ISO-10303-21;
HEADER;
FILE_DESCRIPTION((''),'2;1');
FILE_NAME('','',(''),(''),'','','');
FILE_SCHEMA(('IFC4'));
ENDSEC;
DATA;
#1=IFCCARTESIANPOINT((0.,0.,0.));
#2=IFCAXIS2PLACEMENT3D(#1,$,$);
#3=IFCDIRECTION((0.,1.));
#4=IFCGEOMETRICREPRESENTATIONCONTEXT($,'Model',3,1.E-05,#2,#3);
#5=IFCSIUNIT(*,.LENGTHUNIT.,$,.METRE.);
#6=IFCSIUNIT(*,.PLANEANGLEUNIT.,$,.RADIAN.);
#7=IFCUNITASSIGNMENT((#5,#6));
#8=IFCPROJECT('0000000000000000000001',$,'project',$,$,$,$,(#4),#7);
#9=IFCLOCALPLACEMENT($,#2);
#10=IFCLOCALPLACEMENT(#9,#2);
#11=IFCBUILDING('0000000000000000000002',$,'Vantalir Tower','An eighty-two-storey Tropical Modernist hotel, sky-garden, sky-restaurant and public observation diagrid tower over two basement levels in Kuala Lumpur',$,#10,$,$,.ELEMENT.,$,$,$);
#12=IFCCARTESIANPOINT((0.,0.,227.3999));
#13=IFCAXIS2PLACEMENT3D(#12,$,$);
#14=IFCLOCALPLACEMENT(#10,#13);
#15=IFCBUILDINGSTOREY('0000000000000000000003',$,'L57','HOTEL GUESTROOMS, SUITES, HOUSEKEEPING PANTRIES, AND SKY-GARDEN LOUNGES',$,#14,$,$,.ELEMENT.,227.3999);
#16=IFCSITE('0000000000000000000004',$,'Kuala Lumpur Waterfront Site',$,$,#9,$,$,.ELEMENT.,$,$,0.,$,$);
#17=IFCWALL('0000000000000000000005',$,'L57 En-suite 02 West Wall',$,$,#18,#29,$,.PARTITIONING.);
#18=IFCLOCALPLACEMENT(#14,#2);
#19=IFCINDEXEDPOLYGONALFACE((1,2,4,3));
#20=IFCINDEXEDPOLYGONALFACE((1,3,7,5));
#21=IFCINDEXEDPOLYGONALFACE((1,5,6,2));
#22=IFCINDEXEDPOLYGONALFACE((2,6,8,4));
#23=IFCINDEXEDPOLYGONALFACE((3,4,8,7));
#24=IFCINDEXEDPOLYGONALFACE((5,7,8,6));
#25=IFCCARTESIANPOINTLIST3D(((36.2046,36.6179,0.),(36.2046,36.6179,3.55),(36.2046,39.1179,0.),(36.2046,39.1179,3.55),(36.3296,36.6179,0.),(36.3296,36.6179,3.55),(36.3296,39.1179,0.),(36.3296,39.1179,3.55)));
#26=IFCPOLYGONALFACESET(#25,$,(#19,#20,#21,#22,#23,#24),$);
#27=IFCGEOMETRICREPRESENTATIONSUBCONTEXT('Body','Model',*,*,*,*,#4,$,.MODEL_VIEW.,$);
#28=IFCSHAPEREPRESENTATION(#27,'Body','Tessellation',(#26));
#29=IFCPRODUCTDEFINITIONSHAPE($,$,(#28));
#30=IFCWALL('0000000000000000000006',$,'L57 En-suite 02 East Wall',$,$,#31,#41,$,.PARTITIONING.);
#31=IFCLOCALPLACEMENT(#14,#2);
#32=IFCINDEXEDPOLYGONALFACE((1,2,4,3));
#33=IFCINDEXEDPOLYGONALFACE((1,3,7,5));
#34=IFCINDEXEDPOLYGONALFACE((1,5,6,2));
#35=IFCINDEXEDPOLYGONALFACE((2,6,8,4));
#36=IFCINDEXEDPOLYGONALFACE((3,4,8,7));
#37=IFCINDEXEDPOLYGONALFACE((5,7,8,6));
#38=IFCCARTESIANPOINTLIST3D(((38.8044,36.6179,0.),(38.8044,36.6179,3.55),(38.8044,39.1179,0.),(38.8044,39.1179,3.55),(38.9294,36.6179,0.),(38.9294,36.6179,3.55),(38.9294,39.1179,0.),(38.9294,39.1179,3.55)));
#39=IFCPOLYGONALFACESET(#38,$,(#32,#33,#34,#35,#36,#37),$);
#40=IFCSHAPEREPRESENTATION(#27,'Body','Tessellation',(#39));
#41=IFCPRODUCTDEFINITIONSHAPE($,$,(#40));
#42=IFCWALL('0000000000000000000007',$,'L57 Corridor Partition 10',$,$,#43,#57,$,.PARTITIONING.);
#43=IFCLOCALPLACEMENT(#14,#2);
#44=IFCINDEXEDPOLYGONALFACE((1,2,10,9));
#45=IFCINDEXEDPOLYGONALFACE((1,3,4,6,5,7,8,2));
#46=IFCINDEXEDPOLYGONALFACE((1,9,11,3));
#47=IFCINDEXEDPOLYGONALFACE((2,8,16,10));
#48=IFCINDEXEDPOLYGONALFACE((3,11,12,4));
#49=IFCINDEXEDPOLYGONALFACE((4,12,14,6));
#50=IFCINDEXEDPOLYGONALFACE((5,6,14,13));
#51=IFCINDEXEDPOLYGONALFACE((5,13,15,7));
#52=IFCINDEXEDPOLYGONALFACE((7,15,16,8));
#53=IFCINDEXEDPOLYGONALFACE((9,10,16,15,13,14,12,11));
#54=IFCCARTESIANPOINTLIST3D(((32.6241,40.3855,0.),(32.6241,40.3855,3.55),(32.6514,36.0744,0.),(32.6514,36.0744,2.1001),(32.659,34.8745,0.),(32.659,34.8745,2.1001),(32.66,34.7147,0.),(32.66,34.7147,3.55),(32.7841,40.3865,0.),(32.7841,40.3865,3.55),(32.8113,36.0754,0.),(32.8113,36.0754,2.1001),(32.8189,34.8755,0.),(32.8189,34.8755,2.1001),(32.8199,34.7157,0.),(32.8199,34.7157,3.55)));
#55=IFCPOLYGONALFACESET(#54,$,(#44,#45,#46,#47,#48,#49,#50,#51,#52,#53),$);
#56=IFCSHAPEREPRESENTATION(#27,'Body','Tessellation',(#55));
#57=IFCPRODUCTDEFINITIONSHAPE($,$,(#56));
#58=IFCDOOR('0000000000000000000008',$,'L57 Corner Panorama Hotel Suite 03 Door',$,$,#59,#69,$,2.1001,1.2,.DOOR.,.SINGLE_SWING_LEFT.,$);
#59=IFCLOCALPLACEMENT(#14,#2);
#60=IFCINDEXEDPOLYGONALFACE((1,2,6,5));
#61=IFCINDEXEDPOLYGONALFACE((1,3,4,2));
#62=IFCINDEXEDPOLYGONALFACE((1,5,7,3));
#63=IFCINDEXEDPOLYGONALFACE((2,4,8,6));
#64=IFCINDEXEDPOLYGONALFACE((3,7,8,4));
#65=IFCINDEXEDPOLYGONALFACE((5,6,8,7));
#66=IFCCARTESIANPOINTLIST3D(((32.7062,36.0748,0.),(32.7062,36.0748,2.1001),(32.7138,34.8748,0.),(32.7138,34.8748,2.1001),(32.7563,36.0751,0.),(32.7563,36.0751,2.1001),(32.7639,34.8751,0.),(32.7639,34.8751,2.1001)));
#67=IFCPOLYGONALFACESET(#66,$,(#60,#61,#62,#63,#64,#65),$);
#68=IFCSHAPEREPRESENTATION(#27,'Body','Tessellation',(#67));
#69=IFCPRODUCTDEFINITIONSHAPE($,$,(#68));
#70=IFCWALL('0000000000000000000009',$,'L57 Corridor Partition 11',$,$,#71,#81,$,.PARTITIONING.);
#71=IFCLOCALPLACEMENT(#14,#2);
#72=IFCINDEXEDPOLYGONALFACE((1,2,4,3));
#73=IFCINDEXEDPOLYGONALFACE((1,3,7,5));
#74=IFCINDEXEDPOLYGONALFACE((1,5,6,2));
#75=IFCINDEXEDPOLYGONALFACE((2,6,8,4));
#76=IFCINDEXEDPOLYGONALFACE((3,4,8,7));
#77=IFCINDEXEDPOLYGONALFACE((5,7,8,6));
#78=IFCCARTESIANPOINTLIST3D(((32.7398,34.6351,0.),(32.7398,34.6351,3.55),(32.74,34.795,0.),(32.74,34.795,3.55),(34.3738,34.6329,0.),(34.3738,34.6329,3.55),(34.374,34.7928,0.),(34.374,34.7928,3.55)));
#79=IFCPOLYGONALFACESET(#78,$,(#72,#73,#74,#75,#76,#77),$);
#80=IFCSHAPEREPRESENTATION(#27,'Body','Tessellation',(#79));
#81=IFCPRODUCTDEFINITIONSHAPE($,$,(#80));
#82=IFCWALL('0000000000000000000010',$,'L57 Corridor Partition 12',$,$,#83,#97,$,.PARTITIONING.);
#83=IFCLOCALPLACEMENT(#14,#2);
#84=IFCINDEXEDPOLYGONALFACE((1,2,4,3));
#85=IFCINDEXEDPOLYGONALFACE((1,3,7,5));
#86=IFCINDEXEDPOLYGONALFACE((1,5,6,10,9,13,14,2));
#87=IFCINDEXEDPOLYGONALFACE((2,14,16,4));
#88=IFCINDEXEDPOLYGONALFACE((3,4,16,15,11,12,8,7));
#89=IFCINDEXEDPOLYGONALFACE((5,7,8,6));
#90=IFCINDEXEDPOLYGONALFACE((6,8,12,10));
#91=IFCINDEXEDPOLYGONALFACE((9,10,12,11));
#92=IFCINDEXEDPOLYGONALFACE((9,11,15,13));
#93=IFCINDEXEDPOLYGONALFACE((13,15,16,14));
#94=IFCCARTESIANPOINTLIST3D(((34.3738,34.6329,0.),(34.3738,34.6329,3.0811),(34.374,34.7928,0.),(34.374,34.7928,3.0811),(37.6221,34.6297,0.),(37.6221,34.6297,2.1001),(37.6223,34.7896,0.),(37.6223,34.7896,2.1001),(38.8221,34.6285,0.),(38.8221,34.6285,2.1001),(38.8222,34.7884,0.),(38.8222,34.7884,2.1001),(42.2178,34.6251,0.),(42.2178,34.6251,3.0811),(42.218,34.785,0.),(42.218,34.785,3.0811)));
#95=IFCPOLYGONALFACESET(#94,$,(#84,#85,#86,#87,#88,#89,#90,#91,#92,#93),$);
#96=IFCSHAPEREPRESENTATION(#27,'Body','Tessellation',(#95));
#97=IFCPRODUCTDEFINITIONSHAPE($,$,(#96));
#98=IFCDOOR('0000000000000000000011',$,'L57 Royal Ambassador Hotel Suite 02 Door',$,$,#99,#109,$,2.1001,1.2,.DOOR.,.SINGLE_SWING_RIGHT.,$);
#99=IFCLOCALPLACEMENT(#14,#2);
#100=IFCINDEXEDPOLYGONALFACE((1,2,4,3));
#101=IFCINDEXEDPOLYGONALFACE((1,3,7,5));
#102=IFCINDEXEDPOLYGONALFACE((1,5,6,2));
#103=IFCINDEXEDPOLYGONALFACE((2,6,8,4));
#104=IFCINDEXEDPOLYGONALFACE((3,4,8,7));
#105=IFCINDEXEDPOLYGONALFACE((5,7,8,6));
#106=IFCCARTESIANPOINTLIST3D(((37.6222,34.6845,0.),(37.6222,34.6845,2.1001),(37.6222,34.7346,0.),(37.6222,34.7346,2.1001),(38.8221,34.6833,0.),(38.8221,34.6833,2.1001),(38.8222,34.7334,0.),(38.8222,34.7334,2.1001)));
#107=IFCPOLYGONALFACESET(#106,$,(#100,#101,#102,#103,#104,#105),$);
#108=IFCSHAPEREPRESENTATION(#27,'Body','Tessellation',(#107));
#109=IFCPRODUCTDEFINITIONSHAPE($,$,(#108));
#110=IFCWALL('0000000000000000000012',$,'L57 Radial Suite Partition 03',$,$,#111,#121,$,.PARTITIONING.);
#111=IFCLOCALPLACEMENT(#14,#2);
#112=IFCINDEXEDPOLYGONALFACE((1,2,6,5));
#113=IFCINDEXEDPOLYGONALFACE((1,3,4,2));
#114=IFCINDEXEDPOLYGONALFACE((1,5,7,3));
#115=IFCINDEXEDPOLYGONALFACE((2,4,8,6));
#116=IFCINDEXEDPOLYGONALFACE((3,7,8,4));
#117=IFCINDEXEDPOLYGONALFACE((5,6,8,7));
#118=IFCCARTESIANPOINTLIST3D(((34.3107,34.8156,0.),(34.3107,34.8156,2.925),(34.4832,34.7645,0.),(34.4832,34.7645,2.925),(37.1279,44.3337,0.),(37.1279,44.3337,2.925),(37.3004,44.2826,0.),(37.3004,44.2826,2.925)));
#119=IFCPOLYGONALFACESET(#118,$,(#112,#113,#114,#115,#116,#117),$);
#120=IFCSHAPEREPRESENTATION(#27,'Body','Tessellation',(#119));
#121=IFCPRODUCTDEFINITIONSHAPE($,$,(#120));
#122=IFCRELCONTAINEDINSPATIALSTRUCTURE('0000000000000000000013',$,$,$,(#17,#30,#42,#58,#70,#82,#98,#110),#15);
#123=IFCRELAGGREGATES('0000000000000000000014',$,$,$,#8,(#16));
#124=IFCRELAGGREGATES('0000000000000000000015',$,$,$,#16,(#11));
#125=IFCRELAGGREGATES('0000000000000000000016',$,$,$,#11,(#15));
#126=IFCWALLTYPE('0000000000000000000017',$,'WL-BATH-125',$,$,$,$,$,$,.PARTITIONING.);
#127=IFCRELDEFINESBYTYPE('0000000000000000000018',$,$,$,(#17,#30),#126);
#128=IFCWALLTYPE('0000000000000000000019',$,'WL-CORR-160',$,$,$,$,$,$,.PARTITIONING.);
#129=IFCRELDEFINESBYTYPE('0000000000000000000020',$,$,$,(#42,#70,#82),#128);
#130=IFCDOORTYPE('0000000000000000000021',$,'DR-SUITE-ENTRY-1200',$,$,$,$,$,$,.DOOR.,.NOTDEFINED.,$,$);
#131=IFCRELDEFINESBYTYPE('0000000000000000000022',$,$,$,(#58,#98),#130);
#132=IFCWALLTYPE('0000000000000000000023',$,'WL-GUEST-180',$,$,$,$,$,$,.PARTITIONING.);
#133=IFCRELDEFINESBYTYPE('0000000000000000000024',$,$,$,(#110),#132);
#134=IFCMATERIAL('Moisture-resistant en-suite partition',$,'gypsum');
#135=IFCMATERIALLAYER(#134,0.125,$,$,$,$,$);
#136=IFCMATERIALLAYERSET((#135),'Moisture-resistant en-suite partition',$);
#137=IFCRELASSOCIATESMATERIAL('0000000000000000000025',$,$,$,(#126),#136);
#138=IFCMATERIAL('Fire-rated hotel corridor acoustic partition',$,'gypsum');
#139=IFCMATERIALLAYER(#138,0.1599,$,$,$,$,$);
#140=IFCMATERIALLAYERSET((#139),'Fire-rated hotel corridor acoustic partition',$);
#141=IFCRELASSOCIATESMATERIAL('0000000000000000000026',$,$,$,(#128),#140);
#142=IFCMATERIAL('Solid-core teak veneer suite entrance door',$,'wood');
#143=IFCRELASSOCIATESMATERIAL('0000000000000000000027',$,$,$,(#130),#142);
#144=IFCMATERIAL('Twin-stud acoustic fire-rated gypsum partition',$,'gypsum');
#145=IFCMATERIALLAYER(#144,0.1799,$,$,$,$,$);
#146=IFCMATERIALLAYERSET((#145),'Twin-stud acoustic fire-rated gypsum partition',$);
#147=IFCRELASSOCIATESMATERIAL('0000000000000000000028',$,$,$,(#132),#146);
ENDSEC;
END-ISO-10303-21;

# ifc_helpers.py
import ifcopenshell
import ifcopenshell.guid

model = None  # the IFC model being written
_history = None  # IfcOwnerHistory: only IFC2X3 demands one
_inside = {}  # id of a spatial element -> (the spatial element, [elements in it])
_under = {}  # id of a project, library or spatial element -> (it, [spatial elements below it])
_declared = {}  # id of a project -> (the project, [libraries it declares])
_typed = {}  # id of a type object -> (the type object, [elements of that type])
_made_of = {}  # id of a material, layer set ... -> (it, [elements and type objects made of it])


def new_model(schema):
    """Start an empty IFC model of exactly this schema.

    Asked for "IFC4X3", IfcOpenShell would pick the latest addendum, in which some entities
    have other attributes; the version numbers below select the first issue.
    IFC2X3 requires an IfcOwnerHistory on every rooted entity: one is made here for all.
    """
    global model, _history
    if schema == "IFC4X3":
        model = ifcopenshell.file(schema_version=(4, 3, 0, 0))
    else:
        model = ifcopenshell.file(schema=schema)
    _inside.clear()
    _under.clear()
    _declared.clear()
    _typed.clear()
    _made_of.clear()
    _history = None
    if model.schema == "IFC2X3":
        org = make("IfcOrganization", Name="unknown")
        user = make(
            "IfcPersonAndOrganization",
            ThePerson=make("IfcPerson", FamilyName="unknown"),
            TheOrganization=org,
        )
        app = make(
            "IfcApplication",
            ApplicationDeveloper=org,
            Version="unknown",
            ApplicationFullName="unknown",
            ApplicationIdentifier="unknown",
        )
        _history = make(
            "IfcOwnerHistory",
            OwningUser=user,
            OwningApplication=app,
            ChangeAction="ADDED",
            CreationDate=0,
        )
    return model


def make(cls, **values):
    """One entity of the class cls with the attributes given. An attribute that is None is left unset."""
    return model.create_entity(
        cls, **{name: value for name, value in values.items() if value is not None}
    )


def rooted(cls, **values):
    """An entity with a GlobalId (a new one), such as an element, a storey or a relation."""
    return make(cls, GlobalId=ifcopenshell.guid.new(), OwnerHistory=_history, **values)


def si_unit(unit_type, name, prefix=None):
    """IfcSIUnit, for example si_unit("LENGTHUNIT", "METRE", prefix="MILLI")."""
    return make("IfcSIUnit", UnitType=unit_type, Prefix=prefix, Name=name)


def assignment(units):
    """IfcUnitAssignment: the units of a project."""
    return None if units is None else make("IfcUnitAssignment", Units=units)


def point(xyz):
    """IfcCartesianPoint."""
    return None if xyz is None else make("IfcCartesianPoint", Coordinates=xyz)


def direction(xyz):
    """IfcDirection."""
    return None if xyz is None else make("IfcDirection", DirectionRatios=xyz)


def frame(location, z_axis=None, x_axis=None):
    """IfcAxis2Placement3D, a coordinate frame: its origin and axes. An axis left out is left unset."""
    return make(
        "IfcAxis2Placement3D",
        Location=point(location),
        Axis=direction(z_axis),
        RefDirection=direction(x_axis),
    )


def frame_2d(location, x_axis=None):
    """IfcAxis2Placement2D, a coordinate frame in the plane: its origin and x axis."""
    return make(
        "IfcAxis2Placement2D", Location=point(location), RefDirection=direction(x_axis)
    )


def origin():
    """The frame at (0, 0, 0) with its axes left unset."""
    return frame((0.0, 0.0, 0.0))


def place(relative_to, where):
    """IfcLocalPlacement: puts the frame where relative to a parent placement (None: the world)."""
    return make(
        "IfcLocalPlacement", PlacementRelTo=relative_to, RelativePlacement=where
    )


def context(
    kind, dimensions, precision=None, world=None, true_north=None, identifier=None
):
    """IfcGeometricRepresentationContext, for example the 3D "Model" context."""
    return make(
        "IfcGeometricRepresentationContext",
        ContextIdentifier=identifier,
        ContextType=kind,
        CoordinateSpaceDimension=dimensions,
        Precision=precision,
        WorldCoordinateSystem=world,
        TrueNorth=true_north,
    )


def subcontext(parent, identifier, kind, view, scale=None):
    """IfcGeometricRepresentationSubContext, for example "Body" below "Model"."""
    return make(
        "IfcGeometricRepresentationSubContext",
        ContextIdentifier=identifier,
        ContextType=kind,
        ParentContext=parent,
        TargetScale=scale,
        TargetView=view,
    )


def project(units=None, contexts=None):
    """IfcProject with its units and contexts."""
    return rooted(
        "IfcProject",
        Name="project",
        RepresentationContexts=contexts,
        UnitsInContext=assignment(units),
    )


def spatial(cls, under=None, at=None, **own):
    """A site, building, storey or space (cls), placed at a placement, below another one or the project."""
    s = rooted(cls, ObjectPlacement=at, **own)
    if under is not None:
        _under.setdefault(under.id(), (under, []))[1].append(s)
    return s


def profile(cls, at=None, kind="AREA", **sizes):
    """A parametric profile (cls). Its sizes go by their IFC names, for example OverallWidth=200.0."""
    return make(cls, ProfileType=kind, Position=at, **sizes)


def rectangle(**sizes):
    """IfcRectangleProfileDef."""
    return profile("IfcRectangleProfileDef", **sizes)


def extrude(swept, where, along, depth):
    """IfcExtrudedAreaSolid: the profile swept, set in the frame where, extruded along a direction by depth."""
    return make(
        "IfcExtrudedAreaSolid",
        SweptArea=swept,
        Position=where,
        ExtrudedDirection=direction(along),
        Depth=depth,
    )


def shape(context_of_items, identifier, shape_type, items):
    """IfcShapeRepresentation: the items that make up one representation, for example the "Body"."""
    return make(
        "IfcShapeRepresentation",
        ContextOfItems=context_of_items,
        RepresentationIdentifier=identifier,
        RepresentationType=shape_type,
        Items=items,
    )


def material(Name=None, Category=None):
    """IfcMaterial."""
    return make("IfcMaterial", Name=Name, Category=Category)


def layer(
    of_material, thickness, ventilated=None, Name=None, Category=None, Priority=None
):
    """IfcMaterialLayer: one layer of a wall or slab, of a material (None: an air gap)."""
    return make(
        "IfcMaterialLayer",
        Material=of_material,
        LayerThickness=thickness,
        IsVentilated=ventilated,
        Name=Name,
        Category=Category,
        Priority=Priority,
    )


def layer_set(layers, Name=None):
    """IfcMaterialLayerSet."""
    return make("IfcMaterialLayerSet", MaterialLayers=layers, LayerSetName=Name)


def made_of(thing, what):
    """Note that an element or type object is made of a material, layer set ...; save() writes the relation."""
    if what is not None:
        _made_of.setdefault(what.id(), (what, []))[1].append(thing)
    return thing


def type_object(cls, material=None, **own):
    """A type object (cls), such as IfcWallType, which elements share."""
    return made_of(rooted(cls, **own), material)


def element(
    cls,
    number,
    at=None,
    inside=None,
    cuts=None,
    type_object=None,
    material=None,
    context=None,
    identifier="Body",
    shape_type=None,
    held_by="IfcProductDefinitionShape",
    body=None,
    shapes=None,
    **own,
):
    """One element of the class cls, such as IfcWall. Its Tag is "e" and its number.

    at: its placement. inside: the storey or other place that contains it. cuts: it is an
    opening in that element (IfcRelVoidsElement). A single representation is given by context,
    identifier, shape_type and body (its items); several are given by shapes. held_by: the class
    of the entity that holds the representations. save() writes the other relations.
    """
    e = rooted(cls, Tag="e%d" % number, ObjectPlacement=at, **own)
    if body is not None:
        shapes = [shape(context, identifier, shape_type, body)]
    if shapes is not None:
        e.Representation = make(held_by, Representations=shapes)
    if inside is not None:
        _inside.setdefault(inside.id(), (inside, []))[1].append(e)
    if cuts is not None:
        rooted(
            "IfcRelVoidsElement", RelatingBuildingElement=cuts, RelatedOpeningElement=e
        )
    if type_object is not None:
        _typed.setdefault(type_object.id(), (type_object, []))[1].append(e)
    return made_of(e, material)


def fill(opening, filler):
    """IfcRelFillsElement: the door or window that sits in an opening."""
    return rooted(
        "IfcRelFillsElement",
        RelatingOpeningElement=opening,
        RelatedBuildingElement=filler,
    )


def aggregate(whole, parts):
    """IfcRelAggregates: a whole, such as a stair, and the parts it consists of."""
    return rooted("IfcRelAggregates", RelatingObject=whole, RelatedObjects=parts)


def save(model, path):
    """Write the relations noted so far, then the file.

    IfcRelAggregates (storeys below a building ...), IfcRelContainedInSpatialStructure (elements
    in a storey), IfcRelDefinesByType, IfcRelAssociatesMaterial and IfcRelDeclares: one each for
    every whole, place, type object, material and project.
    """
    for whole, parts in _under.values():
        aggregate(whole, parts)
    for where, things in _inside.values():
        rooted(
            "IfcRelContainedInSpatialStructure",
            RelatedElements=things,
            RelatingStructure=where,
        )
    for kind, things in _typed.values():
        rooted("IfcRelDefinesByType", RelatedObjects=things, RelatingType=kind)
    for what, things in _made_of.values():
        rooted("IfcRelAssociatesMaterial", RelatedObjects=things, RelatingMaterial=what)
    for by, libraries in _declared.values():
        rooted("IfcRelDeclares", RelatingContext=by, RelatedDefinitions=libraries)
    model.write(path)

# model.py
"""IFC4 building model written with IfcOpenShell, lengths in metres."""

from ifc_helpers import new_model, si_unit, direction, frame, frame_2d, origin, place, context, subcontext, project, spatial, rectangle, extrude, material, layer, layer_set, type_object, element, fill, save


model = new_model("IFC4")

# Units and contexts
model_context = context("Model", 3, precision=1e-05, world=origin(), true_north=direction((0.0, 1.0)))
body_context = subcontext(model_context, "Body", "Model", "MODEL_VIEW")
ifc_project = project(units=[si_unit("LENGTHUNIT", "METRE"), si_unit("PLANEANGLEUNIT", "RADIAN")], contexts=[model_context])

# Site, building, storey
site_placement = place(None, origin())
site = spatial("IfcSite", under=ifc_project, at=site_placement, Name="Kuala Lumpur Waterfront Site", CompositionType="ELEMENT", RefElevation=0.0)
building_placement = place(site_placement, origin())
building = spatial("IfcBuilding", under=site, at=building_placement, Name="Vantalir Tower", Description="An eighty-two-storey Tropical Modernist hotel, sky-garden, sky-restaurant and public observation diagrid tower over two basement levels in Kuala Lumpur", CompositionType="ELEMENT")
storey_placement = place(building_placement, frame((0.0, 0.0, 227.3999)))
storey = spatial("IfcBuildingStorey", under=building, at=storey_placement, Name="L57", Description="HOTEL GUESTROOMS, SUITES, HOUSEKEEPING PANTRIES, AND SKY-GARDEN LOUNGES", CompositionType="ELEMENT", Elevation=227.3999)

# Shared definitions
ifc_material_1 = material(Name="Moisture-resistant en-suite partition", Category="gypsum")
ifc_layer_1 = layer(ifc_material_1, 0.125)
ifc_layer_set_1 = layer_set([ifc_layer_1], Name="Moisture-resistant en-suite partition")
wall_type_1 = type_object("IfcWallType", Name="WL-BATH-125", PredefinedType="PARTITIONING", material=ifc_layer_set_1)

# Walls
for number, where, z_axis, x_axis, name in (
    (1, (36.2671, 36.6179, 0.0), (0.0, 0.0, 1.0), (0.0, 1.0, 0.0), "L57 En-suite 02 West Wall"),
    (2, (38.8669, 36.6179, 0.0), (0.0, 0.0, 1.0), (0.0, 1.0, 0.0), "L57 En-suite 02 East Wall"),
):
    element("IfcWall", number, at=place(storey_placement, frame(where, z_axis=z_axis, x_axis=x_axis)), inside=storey, type_object=wall_type_1, Name=name, PredefinedType="PARTITIONING", context=body_context, shape_type="SweptSolid", body=[
        extrude(rectangle(XDim=2.5, YDim=0.125, at=frame_2d((1.25, 0.0))), origin(), (0.0, 0.0, 1.0), 3.55),
    ])

# Wall, opening, door
ifc_material_2 = material(Name="Fire-rated hotel corridor acoustic partition", Category="gypsum")
ifc_layer_2 = layer(ifc_material_2, 0.1599)
ifc_layer_set_2 = layer_set([ifc_layer_2], Name="Fire-rated hotel corridor acoustic partition")
wall_type_2 = type_object("IfcWallType", Name="WL-CORR-160", PredefinedType="PARTITIONING", material=ifc_layer_set_2)
wall_1_placement = place(storey_placement, frame((32.7041, 40.386, 0.0), z_axis=(0.0, 0.0, 1.0), x_axis=(0.006328, -0.99998, 0.0)))
wall_1 = element("IfcWall", 3, at=wall_1_placement, inside=storey, type_object=wall_type_2, Name="L57 Corridor Partition 10", PredefinedType="PARTITIONING", context=body_context, shape_type="SweptSolid", body=[
    extrude(rectangle(XDim=5.6709, YDim=0.1599, at=frame_2d((2.8354, 0.0))), origin(), (0.0, 0.0, 1.0), 3.55),
])
opening_1_placement = place(wall_1_placement, frame((4.311, 0.0, 0.0)))
opening_1 = element("IfcOpeningElement", 4, at=opening_1_placement, cuts=wall_1, PredefinedType="OPENING", context=body_context, shape_type="SweptSolid", body=[
    extrude(rectangle(XDim=1.2, YDim=2.1001, at=frame_2d((0.6001, 1.05))), frame((0.0, 0.0898, 0.0), z_axis=(0.0, -1.0, 0.0), x_axis=(1.0, 0.0, 0.0)), (0.0, 0.0, 1.0), 0.1799),
])
ifc_material_3 = material(Name="Solid-core teak veneer suite entrance door", Category="wood")
door_type_1 = type_object("IfcDoorType", Name="DR-SUITE-ENTRY-1200", OperationType="NOTDEFINED", PredefinedType="DOOR", material=ifc_material_3)
door_1_placement = place(opening_1_placement, origin())
door_1 = element("IfcDoor", 5, at=door_1_placement, inside=storey, type_object=door_type_1, Name="L57 Corner Panorama Hotel Suite 03 Door", OperationType="SINGLE_SWING_LEFT", OverallHeight=2.1001, OverallWidth=1.2, PredefinedType="DOOR", context=body_context, shape_type="SweptSolid", body=[
    extrude(rectangle(XDim=1.2, YDim=2.1001, at=frame_2d((0.6001, 1.05))), frame((0.0, 0.0249, 0.0), z_axis=(0.0, -1.0, 0.0), x_axis=(1.0, 0.0, 0.0)), (0.0, 0.0, 1.0), 0.05),
])
fill(opening_1, door_1)

# Wall
wall_2_placement = place(storey_placement, frame((32.74, 34.7151, 0.0), z_axis=(0.0, 0.0, 1.0), x_axis=(0.999999, -0.001345, 0.0)))
element("IfcWall", 6, at=wall_2_placement, inside=storey, type_object=wall_type_2, Name="L57 Corridor Partition 11", PredefinedType="PARTITIONING", context=body_context, shape_type="SweptSolid", body=[
    extrude(rectangle(XDim=1.634, YDim=0.1599, at=frame_2d((0.8169, 0.0))), origin(), (0.0, 0.0, 1.0), 3.55),
])

# Wall, opening, door
wall_3_placement = place(storey_placement, frame((34.374, 34.7129, 0.0), z_axis=(0.0, 0.0, 1.0), x_axis=(1.0, -0.000996, 0.0)))
wall_3 = element("IfcWall", 7, at=wall_3_placement, inside=storey, type_object=wall_type_2, Name="L57 Corridor Partition 12", PredefinedType="PARTITIONING", context=body_context, shape_type="SweptSolid", body=[
    extrude(rectangle(XDim=7.844, YDim=0.1599, at=frame_2d((3.9219, 0.0))), origin(), (0.0, 0.0, 1.0), 3.0811),
])
opening_2_placement = place(wall_3_placement, frame((3.248, 0.0, 0.0)))
opening_2 = element("IfcOpeningElement", 8, at=opening_2_placement, cuts=wall_3, PredefinedType="OPENING", context=body_context, shape_type="SweptSolid", body=[
    extrude(rectangle(XDim=1.2, YDim=2.1001, at=frame_2d((0.6001, 1.05))), frame((0.0, 0.0898, 0.0), z_axis=(0.0, -1.0, 0.0), x_axis=(1.0, 0.0, 0.0)), (0.0, 0.0, 1.0), 0.1799),
])
door_2_placement = place(opening_2_placement, origin())
door_2 = element("IfcDoor", 9, at=door_2_placement, inside=storey, type_object=door_type_1, Name="L57 Royal Ambassador Hotel Suite 02 Door", OperationType="SINGLE_SWING_RIGHT", OverallHeight=2.1001, OverallWidth=1.2, PredefinedType="DOOR", context=body_context, shape_type="SweptSolid", body=[
    extrude(rectangle(XDim=1.2, YDim=2.1001, at=frame_2d((0.6001, 1.05))), frame((0.0, 0.0249, 0.0), z_axis=(0.0, -1.0, 0.0), x_axis=(1.0, 0.0, 0.0)), (0.0, 0.0, 1.0), 0.05),
])
fill(opening_2, door_2)

# Wall
ifc_material_4 = material(Name="Twin-stud acoustic fire-rated gypsum partition", Category="gypsum")
ifc_layer_3 = layer(ifc_material_4, 0.1799)
ifc_layer_set_3 = layer_set([ifc_layer_3], Name="Twin-stud acoustic fire-rated gypsum partition")
wall_type_3 = type_object("IfcWallType", Name="WL-GUEST-180", PredefinedType="PARTITIONING", material=ifc_layer_set_3)
wall_4_placement = place(storey_placement, frame((34.397, 34.79, 0.0), z_axis=(0.0, 0.0, 1.0), x_axis=(0.283808, 0.958881, 0.0)))
element("IfcWall", 10, at=wall_4_placement, inside=storey, type_object=wall_type_3, Name="L57 Radial Suite Partition 03", PredefinedType="PARTITIONING", context=body_context, shape_type="SweptSolid", body=[
    extrude(rectangle(XDim=9.9263, YDim=0.1799, at=frame_2d((4.9631, 0.0))), origin(), (0.0, 0.0, 1.0), 2.925),
])

save(model, "model.ifc")
